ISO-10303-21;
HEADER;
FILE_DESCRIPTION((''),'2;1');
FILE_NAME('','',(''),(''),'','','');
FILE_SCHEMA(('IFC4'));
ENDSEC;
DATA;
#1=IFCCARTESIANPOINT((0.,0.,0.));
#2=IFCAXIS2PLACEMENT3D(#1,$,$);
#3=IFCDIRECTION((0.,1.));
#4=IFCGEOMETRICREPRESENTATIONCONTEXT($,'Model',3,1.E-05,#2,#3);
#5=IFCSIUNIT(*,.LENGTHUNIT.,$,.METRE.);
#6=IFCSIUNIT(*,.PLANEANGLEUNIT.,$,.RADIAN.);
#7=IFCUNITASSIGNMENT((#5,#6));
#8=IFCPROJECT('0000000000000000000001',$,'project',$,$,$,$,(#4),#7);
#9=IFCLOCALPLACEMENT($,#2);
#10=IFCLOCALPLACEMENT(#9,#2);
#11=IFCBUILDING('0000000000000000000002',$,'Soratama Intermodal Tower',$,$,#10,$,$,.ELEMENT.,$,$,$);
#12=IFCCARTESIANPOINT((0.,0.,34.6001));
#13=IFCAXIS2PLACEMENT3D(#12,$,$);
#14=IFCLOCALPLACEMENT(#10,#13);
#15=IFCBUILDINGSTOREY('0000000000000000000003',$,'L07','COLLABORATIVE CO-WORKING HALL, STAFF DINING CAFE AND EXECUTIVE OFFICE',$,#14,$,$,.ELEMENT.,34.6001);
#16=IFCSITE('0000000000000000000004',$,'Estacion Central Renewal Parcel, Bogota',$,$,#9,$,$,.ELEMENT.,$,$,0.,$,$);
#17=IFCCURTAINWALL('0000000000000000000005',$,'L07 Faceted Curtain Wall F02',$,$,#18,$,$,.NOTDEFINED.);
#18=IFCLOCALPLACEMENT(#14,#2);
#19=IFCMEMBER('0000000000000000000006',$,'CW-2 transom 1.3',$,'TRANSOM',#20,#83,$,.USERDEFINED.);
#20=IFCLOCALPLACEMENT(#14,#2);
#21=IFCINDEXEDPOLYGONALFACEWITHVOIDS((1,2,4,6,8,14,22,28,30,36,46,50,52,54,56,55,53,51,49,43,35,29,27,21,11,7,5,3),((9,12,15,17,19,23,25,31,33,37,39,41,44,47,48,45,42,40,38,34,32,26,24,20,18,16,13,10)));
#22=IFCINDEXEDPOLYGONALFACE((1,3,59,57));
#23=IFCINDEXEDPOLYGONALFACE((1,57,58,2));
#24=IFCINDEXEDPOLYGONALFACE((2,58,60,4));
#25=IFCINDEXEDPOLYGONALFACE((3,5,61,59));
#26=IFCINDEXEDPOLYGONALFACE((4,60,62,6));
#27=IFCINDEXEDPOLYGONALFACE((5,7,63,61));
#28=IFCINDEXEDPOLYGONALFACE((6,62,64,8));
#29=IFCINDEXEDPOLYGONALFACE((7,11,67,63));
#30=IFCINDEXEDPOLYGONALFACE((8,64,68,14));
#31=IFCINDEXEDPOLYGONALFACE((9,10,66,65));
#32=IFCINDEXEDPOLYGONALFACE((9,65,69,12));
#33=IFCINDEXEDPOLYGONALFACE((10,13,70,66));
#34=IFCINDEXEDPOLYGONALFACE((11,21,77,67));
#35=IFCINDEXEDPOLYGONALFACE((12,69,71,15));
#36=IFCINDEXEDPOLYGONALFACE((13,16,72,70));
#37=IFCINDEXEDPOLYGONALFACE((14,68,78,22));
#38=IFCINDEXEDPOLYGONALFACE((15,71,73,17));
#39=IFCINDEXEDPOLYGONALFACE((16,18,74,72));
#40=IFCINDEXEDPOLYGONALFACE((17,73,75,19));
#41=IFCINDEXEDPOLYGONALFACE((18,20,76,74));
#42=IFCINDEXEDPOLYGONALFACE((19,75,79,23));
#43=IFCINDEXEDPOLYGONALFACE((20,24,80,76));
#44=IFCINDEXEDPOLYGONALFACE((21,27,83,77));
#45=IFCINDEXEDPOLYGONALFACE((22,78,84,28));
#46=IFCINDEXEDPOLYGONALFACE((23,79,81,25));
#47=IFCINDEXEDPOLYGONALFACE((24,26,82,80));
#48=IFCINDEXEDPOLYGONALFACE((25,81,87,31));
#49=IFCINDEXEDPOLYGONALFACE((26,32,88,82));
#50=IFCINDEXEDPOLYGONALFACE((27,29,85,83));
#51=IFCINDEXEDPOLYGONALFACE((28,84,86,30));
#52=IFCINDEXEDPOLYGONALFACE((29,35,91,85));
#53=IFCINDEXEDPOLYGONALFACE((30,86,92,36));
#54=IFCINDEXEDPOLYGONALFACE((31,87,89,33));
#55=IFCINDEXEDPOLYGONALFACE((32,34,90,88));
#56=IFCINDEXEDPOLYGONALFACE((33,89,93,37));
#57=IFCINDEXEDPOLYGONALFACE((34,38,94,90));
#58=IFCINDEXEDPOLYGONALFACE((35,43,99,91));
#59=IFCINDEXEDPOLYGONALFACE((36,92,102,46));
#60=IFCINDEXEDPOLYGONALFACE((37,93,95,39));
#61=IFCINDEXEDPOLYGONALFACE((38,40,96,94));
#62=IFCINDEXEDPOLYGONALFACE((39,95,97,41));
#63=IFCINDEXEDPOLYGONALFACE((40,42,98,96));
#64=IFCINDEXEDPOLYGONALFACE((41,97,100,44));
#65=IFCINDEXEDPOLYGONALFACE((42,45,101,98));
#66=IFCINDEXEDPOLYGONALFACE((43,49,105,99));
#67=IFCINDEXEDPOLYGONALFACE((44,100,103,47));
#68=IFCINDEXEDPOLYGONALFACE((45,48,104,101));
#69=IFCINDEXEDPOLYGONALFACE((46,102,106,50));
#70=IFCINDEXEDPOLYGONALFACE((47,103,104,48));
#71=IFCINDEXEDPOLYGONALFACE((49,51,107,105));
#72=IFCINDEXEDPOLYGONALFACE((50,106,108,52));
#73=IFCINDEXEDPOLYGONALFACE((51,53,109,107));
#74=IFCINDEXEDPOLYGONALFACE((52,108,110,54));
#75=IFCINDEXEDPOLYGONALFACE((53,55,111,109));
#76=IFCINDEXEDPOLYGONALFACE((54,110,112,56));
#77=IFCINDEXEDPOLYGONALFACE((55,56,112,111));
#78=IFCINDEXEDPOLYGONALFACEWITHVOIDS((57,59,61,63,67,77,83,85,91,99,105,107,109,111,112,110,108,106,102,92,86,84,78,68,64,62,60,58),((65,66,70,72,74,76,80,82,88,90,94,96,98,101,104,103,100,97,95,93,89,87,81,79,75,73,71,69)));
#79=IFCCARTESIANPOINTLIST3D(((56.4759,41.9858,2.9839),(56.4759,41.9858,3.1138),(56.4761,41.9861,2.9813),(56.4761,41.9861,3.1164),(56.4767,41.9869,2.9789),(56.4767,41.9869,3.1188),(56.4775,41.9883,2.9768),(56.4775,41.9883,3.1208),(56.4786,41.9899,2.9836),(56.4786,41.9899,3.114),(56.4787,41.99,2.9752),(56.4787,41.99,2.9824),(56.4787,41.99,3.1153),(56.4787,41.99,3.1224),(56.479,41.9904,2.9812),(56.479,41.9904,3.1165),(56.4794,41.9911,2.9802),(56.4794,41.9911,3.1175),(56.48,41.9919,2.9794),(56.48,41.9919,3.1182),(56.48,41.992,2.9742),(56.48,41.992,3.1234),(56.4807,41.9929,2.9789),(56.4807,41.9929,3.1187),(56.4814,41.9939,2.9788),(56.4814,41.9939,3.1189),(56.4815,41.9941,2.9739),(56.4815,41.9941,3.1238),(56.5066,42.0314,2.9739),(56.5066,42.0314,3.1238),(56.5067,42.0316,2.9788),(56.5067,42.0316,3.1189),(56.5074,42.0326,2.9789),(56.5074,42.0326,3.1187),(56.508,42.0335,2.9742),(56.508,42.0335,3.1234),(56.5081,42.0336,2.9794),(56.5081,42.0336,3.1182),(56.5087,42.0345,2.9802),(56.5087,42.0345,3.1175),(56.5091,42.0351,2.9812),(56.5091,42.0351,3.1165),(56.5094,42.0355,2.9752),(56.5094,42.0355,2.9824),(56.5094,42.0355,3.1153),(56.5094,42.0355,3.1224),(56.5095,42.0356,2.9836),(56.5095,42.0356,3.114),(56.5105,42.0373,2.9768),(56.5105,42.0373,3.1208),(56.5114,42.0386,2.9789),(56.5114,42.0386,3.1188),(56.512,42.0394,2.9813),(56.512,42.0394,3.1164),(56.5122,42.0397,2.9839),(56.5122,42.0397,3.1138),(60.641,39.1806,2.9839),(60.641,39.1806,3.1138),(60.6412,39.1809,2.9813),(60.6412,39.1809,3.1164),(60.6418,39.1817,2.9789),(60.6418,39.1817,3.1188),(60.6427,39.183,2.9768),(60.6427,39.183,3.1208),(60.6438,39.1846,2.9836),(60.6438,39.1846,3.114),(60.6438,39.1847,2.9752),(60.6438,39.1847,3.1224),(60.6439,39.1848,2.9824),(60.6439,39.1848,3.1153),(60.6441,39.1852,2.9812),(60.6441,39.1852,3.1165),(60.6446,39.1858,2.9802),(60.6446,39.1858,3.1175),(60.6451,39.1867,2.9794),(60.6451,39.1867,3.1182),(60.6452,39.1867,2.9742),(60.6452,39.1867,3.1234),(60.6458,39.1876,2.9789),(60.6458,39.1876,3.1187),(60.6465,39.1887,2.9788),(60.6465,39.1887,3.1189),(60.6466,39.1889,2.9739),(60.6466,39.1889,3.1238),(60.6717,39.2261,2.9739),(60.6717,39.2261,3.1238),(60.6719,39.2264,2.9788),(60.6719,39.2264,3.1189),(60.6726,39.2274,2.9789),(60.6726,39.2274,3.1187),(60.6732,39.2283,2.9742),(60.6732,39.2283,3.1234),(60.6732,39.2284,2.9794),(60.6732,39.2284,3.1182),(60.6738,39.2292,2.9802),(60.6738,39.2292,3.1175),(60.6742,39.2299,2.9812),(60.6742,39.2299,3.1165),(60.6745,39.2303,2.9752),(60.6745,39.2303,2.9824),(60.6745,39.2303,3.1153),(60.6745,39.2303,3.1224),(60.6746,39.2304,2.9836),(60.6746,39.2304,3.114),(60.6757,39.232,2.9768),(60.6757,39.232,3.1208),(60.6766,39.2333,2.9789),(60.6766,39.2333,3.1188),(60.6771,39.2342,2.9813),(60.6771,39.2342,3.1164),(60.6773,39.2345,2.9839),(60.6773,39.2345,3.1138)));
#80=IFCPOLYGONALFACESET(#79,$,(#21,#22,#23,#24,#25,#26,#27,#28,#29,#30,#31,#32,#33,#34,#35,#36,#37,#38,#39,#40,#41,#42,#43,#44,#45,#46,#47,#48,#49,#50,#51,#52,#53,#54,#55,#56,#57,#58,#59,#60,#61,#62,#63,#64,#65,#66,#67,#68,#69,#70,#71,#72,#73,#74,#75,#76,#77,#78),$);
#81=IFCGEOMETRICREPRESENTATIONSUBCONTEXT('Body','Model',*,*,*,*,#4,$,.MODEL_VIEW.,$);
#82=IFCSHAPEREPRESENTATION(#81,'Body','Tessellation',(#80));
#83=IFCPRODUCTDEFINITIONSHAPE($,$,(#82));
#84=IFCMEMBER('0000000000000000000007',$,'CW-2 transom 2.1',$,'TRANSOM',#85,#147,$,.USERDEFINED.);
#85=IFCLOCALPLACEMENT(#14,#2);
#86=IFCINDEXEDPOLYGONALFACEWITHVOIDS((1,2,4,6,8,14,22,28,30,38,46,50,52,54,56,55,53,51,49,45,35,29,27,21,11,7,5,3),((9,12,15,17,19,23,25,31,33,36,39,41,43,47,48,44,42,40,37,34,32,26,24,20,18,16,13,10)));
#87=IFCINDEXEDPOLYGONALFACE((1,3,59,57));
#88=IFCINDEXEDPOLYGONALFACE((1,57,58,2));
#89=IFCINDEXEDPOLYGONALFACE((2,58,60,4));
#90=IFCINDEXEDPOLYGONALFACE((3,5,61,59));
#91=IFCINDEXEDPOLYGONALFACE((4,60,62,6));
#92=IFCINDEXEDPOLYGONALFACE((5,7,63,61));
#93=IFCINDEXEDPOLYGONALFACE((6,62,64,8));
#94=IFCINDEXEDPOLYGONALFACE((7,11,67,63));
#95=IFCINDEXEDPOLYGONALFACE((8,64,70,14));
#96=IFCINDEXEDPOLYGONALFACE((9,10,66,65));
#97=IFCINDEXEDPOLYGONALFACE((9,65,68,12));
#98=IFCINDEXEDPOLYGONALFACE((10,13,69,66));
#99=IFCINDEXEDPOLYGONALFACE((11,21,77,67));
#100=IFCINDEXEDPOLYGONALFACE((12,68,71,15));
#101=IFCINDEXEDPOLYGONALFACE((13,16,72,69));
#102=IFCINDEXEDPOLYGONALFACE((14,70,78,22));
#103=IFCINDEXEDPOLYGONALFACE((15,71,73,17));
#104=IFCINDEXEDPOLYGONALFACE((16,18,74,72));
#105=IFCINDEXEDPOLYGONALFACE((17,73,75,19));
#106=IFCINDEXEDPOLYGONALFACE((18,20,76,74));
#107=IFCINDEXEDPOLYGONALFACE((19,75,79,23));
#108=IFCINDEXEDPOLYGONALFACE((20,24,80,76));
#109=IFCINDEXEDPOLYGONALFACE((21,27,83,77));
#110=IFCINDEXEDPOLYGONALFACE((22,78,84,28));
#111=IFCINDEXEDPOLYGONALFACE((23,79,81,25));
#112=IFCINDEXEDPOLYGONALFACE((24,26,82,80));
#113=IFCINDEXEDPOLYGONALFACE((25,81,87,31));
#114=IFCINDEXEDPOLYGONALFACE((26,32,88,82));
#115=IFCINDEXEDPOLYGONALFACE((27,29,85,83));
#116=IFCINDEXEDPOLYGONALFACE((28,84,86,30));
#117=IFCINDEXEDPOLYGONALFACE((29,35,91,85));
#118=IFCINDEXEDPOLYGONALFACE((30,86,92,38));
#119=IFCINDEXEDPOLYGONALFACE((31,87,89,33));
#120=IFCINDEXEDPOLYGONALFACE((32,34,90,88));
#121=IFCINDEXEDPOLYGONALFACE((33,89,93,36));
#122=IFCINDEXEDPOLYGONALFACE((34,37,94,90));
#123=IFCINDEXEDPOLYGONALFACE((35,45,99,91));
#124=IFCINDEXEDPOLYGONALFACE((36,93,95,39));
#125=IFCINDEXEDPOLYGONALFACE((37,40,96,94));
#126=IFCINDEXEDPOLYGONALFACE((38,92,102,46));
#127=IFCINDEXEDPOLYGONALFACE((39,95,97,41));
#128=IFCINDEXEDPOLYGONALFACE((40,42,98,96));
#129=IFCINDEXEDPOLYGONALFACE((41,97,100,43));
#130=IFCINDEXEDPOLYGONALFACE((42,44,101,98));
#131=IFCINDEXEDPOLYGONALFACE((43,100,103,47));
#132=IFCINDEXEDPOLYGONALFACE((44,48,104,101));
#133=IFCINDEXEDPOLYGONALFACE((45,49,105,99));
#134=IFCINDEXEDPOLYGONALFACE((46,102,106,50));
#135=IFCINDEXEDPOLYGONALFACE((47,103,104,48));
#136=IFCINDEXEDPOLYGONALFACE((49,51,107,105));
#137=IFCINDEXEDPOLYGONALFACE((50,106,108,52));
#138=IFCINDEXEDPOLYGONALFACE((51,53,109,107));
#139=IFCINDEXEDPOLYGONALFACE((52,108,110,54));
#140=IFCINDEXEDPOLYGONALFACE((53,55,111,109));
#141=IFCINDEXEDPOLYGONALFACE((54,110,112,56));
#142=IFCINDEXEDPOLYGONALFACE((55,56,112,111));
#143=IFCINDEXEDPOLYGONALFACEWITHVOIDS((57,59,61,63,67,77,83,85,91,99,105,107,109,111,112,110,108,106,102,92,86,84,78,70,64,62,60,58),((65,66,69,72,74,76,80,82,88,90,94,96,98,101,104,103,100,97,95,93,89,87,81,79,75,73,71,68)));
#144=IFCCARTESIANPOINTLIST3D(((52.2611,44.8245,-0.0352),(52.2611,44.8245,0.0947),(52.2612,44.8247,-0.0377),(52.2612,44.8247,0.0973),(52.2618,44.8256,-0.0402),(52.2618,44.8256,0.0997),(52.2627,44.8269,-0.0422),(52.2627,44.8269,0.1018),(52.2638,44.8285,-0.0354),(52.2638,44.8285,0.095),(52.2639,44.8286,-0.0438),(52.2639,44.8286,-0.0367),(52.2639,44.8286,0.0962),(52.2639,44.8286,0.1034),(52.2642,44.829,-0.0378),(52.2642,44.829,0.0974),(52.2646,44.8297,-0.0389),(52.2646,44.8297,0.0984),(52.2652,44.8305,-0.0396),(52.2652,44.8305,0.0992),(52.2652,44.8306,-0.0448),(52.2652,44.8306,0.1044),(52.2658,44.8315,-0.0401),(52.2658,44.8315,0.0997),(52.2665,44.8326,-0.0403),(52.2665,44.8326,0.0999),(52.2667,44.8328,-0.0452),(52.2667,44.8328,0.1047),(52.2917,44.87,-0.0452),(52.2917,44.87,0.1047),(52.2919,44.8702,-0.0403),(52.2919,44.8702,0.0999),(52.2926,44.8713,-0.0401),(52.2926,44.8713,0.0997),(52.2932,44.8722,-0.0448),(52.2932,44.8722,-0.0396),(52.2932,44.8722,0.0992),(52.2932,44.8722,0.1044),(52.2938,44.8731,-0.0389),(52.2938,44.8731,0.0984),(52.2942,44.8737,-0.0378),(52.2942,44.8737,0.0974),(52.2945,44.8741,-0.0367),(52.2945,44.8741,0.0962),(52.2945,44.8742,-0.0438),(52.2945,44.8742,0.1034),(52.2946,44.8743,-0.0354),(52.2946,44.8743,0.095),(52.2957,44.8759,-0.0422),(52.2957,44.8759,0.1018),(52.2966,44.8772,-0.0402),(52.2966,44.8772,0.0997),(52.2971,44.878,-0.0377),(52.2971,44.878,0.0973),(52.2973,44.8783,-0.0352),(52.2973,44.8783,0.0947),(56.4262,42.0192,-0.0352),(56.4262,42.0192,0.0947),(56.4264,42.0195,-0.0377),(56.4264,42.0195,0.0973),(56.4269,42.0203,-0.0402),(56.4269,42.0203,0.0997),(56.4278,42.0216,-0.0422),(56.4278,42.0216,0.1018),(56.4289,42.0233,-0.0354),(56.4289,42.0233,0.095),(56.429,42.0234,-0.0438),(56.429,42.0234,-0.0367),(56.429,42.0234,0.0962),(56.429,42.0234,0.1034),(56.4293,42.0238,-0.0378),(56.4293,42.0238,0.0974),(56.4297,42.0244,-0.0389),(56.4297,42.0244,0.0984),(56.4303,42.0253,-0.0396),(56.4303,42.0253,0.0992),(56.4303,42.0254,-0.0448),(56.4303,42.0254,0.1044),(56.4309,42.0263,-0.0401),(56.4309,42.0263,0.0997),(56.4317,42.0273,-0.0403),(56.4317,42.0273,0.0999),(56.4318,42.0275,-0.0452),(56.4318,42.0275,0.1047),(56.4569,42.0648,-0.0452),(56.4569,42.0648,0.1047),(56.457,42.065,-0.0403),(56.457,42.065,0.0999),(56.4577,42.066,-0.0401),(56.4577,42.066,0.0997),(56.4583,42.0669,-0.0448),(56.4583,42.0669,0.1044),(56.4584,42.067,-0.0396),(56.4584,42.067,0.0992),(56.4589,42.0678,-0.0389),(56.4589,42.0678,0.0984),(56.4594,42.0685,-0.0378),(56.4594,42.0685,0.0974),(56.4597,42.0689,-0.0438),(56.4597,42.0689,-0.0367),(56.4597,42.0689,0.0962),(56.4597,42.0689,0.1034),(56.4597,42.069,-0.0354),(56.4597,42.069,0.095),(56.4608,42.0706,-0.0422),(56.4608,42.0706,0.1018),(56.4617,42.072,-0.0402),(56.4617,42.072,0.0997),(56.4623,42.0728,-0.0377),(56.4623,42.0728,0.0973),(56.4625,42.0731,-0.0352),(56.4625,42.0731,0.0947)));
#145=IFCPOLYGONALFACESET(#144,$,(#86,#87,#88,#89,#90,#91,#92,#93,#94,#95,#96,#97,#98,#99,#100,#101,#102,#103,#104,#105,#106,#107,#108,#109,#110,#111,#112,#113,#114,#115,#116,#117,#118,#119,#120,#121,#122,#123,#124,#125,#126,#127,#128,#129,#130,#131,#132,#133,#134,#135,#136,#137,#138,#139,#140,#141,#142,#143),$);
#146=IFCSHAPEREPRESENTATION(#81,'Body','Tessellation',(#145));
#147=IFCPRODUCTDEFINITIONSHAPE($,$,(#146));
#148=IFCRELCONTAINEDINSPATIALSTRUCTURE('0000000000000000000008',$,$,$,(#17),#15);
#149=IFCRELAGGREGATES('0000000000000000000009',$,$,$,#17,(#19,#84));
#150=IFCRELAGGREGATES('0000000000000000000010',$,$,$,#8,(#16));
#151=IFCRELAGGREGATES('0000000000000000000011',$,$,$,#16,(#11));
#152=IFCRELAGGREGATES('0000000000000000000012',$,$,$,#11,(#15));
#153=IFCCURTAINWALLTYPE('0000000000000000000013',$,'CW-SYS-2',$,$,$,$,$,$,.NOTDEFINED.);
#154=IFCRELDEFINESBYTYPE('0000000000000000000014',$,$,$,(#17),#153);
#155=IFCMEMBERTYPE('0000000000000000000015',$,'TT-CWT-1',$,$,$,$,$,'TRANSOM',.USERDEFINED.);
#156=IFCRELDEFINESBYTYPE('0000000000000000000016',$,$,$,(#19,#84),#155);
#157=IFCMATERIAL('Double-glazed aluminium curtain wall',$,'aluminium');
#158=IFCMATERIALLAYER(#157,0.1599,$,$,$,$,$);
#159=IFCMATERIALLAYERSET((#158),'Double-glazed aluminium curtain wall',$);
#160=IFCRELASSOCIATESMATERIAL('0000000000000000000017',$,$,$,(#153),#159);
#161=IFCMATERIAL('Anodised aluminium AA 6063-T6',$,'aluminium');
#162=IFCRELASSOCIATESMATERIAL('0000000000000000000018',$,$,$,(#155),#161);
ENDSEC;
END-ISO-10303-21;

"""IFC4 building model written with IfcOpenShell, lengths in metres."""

from ifc_helpers import new_model, si_unit, direction, frame, origin, origin_2d, place, context, subcontext, project, spatial, hollow_rectangle, extrude, material, layer, layer_set, material_profile, profile_set, type_object, element, aggregate, save


model = new_model("IFC4")

# Units and contexts
model_context = context("Model", 3, precision=1e-05, world=origin(), true_north=direction((0.0, 1.0)))
body_context = subcontext(model_context, "Body", "Model", "MODEL_VIEW")
ifc_project = project(units=[si_unit("LENGTHUNIT", "METRE"), si_unit("PLANEANGLEUNIT", "RADIAN")], contexts=[model_context])

# Site, building, storey
site_placement = place(None, origin())
site = spatial("IfcSite", under=ifc_project, at=site_placement, Name="Estacion Central Renewal Parcel, Bogota", CompositionType="ELEMENT", RefElevation=0.0)
building_placement = place(site_placement, origin())
building = spatial("IfcBuilding", under=site, at=building_placement, Name="Soratama Intermodal Tower", CompositionType="ELEMENT")
storey_placement = place(building_placement, frame((0.0, 0.0, 34.6001)))
storey = spatial("IfcBuildingStorey", under=building, at=storey_placement, Name="L07", Description="COLLABORATIVE CO-WORKING HALL, STAFF DINING CAFE AND EXECUTIVE OFFICE", CompositionType="ELEMENT", Elevation=34.6001)

# Curtain wall, members
ifc_material_1 = material(Name="Double-glazed aluminium curtain wall", Category="aluminium")
ifc_layer_1 = layer(ifc_material_1, 0.1599)
ifc_layer_set_1 = layer_set([ifc_layer_1], Name="Double-glazed aluminium curtain wall")
curtain_wall_type = type_object("IfcCurtainWallType", Name="CW-SYS-2", PredefinedType="NOTDEFINED", material=ifc_layer_set_1)
curtain_wall_placement = place(storey_placement, origin())
curtain_wall = element("IfcCurtainWall", 1, at=curtain_wall_placement, inside=storey, type_object=curtain_wall_type, Name="L07 Faceted Curtain Wall F02", PredefinedType="NOTDEFINED")
ifc_material_2 = material(Name="Anodised aluminium AA 6063-T6", Category="aluminium")
ifc_material_profile_1 = material_profile(ifc_material_2, hollow_rectangle(XDim=0.0649, YDim=0.1499, WallThickness=0.0049, InnerFilletRadius=0.0049, OuterFilletRadius=0.01, at=origin_2d()), Name="CWT150X65X5")
ifc_profile_set_1 = profile_set([ifc_material_profile_1], Name="Anodised aluminium AA 6063-T6")
member_type_1 = type_object("IfcMemberType", Name="TT-CWT-1", ElementType="TRANSOM", PredefinedType="USERDEFINED", material=ifc_profile_set_1)
member_1_placement = place(storey_placement, frame((60.6592, 39.2075, 3.0488), z_axis=(-0.829423, 0.558621, 0.0), x_axis=(-0.558621, -0.829423, 0.0)))
member_1 = element("IfcMember", 2, at=member_1_placement, type_object=member_type_1, Name="CW-2 transom 1.3", ObjectType="TRANSOM", PredefinedType="USERDEFINED", context=body_context, shape_type="SweptSolid", body=[
    extrude(hollow_rectangle(XDim=0.0649, YDim=0.1499, WallThickness=0.0049, InnerFilletRadius=0.0049, OuterFilletRadius=0.01, at=origin_2d()), origin(), (0.0, 0.0, 1.0), 5.0217),
])
member_2_placement = place(storey_placement, frame((56.4443, 42.0461, 0.0298), z_axis=(-0.829423, 0.558621, 0.0), x_axis=(-0.558621, -0.829423, 0.0)))
member_2 = element("IfcMember", 3, at=member_2_placement, type_object=member_type_1, Name="CW-2 transom 2.1", ObjectType="TRANSOM", PredefinedType="USERDEFINED", context=body_context, shape_type="SweptSolid", body=[
    extrude(hollow_rectangle(XDim=0.0649, YDim=0.1499, WallThickness=0.0049, InnerFilletRadius=0.0049, OuterFilletRadius=0.01, at=origin_2d()), origin(), (0.0, 0.0, 1.0), 5.0217),
])
aggregate(curtain_wall, [member_1, member_2])

save(model, "model.ifc")
